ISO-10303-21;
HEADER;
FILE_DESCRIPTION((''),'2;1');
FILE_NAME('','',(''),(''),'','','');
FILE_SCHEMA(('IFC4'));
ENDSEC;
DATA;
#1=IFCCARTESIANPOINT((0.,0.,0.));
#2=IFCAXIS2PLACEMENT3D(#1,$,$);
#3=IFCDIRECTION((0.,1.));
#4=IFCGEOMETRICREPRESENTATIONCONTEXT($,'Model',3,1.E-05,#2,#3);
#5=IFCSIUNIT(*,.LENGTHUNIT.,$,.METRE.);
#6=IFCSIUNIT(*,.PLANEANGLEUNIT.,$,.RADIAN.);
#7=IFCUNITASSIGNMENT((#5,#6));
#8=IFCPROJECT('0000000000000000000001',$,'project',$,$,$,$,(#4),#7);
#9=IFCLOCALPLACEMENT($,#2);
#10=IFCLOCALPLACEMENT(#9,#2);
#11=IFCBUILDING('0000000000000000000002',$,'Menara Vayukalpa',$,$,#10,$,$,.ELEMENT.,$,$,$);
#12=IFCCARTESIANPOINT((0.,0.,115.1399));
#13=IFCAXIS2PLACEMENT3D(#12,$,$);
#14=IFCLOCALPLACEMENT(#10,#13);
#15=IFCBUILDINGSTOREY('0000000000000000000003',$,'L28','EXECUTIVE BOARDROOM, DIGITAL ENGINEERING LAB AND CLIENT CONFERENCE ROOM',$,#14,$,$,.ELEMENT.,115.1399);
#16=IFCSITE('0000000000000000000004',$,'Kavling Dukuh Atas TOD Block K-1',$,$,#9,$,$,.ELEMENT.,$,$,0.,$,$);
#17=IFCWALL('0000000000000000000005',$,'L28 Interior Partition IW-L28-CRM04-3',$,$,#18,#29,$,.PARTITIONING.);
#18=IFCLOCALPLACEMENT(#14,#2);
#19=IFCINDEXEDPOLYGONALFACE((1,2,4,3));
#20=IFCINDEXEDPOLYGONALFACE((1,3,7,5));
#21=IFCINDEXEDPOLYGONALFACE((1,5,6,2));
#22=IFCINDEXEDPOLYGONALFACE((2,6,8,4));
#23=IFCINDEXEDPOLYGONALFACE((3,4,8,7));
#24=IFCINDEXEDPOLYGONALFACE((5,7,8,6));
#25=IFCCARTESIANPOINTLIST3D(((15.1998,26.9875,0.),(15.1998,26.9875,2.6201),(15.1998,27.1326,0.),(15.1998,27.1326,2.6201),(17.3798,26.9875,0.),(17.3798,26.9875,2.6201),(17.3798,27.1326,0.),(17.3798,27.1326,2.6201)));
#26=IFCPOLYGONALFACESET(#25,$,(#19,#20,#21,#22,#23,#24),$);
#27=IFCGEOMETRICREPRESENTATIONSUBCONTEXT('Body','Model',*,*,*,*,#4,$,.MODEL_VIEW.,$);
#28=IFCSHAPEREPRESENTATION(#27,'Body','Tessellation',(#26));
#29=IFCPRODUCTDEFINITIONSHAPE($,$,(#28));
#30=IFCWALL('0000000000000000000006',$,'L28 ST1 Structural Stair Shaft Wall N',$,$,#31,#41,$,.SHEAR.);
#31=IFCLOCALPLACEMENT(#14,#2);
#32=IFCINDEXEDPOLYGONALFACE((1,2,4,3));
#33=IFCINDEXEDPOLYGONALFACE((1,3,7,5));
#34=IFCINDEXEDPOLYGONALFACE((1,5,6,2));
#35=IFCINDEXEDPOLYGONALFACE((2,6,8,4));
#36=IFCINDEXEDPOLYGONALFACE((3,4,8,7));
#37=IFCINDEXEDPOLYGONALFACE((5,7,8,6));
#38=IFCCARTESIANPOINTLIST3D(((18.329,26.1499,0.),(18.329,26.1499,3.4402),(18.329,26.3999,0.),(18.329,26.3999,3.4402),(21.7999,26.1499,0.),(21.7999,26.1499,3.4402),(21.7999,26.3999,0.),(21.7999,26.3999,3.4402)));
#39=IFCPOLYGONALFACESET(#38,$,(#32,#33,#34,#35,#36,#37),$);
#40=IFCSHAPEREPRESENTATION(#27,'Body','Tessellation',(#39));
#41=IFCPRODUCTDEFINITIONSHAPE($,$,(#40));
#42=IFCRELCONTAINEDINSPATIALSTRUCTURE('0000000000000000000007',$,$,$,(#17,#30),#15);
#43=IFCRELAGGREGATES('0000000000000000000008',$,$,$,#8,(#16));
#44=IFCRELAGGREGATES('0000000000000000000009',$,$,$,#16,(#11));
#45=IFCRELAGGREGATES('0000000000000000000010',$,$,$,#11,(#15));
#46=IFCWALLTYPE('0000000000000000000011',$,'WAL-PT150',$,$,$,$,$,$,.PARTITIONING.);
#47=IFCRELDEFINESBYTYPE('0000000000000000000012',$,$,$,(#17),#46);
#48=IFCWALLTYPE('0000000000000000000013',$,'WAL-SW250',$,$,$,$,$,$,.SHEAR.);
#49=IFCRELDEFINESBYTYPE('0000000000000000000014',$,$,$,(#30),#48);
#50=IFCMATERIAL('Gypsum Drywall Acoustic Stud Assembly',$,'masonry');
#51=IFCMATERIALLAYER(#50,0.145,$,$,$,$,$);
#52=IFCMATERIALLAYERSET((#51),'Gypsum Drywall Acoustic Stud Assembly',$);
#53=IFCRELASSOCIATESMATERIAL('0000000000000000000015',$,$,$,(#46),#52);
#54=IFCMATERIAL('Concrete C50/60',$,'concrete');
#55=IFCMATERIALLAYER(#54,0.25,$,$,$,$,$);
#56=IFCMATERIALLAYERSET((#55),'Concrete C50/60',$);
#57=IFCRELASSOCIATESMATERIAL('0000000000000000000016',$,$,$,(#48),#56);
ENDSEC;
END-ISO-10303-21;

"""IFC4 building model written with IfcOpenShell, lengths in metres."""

from ifc_helpers import new_model, si_unit, direction, frame, frame_2d, origin, place, context, subcontext, project, spatial, rectangle, extrude, material, layer, layer_set, type_object, element, save


model = new_model("IFC4")

# Units and contexts
model_context = context("Model", 3, precision=1e-05, world=origin(), true_north=direction((0.0, 1.0)))
body_context = subcontext(model_context, "Body", "Model", "MODEL_VIEW")
ifc_project = project(units=[si_unit("LENGTHUNIT", "METRE"), si_unit("PLANEANGLEUNIT", "RADIAN")], contexts=[model_context])

# Site, building, storey
site_placement = place(None, origin())
site = spatial("IfcSite", under=ifc_project, at=site_placement, Name="Kavling Dukuh Atas TOD Block K-1", CompositionType="ELEMENT", RefElevation=0.0)
building_placement = place(site_placement, origin())
building = spatial("IfcBuilding", under=site, at=building_placement, Name="Menara Vayukalpa", CompositionType="ELEMENT")
storey_placement = place(building_placement, frame((0.0, 0.0, 115.1399)))
storey = spatial("IfcBuildingStorey", under=building, at=storey_placement, Name="L28", Description="EXECUTIVE BOARDROOM, DIGITAL ENGINEERING LAB AND CLIENT CONFERENCE ROOM", CompositionType="ELEMENT", Elevation=115.1399)

# Walls
ifc_material_1 = material(Name="Gypsum Drywall Acoustic Stud Assembly", Category="masonry")
ifc_layer_1 = layer(ifc_material_1, 0.145)
ifc_layer_set_1 = layer_set([ifc_layer_1], Name="Gypsum Drywall Acoustic Stud Assembly")
wall_type_1 = type_object("IfcWallType", Name="WAL-PT150", PredefinedType="PARTITIONING", material=ifc_layer_set_1)
wall_1_placement = place(storey_placement, frame((15.2, 27.0601, 0.0), z_axis=(0.0, 0.0, 1.0), x_axis=(1.0, 0.0, 0.0)))
element("IfcWall", 1, at=wall_1_placement, inside=storey, type_object=wall_type_1, Name="L28 Interior Partition IW-L28-CRM04-3", PredefinedType="PARTITIONING", context=body_context, shape_type="SweptSolid", body=[
    extrude(rectangle(XDim=2.1799, YDim=0.145, at=frame_2d((1.0898, 0.0))), origin(), (0.0, 0.0, 1.0), 2.6201),
])
ifc_material_2 = material(Name="Concrete C50/60", Category="concrete")
ifc_layer_2 = layer(ifc_material_2, 0.25)
ifc_layer_set_2 = layer_set([ifc_layer_2], Name="Concrete C50/60")
wall_type_2 = type_object("IfcWallType", Name="WAL-SW250", PredefinedType="SHEAR", material=ifc_layer_set_2)
wall_2_placement = place(storey_placement, frame((18.3291, 26.2749, 0.0), z_axis=(0.0, 0.0, 1.0), x_axis=(1.0, 0.0, 0.0)))
element("IfcWall", 2, at=wall_2_placement, inside=storey, type_object=wall_type_2, Name="L28 ST1 Structural Stair Shaft Wall N", PredefinedType="SHEAR", context=body_context, shape_type="SweptSolid", body=[
    extrude(rectangle(XDim=3.4709, YDim=0.25, at=frame_2d((1.7354, 0.0))), origin(), (0.0, 0.0, 1.0), 3.4402),
])

save(model, "model.ifc")
